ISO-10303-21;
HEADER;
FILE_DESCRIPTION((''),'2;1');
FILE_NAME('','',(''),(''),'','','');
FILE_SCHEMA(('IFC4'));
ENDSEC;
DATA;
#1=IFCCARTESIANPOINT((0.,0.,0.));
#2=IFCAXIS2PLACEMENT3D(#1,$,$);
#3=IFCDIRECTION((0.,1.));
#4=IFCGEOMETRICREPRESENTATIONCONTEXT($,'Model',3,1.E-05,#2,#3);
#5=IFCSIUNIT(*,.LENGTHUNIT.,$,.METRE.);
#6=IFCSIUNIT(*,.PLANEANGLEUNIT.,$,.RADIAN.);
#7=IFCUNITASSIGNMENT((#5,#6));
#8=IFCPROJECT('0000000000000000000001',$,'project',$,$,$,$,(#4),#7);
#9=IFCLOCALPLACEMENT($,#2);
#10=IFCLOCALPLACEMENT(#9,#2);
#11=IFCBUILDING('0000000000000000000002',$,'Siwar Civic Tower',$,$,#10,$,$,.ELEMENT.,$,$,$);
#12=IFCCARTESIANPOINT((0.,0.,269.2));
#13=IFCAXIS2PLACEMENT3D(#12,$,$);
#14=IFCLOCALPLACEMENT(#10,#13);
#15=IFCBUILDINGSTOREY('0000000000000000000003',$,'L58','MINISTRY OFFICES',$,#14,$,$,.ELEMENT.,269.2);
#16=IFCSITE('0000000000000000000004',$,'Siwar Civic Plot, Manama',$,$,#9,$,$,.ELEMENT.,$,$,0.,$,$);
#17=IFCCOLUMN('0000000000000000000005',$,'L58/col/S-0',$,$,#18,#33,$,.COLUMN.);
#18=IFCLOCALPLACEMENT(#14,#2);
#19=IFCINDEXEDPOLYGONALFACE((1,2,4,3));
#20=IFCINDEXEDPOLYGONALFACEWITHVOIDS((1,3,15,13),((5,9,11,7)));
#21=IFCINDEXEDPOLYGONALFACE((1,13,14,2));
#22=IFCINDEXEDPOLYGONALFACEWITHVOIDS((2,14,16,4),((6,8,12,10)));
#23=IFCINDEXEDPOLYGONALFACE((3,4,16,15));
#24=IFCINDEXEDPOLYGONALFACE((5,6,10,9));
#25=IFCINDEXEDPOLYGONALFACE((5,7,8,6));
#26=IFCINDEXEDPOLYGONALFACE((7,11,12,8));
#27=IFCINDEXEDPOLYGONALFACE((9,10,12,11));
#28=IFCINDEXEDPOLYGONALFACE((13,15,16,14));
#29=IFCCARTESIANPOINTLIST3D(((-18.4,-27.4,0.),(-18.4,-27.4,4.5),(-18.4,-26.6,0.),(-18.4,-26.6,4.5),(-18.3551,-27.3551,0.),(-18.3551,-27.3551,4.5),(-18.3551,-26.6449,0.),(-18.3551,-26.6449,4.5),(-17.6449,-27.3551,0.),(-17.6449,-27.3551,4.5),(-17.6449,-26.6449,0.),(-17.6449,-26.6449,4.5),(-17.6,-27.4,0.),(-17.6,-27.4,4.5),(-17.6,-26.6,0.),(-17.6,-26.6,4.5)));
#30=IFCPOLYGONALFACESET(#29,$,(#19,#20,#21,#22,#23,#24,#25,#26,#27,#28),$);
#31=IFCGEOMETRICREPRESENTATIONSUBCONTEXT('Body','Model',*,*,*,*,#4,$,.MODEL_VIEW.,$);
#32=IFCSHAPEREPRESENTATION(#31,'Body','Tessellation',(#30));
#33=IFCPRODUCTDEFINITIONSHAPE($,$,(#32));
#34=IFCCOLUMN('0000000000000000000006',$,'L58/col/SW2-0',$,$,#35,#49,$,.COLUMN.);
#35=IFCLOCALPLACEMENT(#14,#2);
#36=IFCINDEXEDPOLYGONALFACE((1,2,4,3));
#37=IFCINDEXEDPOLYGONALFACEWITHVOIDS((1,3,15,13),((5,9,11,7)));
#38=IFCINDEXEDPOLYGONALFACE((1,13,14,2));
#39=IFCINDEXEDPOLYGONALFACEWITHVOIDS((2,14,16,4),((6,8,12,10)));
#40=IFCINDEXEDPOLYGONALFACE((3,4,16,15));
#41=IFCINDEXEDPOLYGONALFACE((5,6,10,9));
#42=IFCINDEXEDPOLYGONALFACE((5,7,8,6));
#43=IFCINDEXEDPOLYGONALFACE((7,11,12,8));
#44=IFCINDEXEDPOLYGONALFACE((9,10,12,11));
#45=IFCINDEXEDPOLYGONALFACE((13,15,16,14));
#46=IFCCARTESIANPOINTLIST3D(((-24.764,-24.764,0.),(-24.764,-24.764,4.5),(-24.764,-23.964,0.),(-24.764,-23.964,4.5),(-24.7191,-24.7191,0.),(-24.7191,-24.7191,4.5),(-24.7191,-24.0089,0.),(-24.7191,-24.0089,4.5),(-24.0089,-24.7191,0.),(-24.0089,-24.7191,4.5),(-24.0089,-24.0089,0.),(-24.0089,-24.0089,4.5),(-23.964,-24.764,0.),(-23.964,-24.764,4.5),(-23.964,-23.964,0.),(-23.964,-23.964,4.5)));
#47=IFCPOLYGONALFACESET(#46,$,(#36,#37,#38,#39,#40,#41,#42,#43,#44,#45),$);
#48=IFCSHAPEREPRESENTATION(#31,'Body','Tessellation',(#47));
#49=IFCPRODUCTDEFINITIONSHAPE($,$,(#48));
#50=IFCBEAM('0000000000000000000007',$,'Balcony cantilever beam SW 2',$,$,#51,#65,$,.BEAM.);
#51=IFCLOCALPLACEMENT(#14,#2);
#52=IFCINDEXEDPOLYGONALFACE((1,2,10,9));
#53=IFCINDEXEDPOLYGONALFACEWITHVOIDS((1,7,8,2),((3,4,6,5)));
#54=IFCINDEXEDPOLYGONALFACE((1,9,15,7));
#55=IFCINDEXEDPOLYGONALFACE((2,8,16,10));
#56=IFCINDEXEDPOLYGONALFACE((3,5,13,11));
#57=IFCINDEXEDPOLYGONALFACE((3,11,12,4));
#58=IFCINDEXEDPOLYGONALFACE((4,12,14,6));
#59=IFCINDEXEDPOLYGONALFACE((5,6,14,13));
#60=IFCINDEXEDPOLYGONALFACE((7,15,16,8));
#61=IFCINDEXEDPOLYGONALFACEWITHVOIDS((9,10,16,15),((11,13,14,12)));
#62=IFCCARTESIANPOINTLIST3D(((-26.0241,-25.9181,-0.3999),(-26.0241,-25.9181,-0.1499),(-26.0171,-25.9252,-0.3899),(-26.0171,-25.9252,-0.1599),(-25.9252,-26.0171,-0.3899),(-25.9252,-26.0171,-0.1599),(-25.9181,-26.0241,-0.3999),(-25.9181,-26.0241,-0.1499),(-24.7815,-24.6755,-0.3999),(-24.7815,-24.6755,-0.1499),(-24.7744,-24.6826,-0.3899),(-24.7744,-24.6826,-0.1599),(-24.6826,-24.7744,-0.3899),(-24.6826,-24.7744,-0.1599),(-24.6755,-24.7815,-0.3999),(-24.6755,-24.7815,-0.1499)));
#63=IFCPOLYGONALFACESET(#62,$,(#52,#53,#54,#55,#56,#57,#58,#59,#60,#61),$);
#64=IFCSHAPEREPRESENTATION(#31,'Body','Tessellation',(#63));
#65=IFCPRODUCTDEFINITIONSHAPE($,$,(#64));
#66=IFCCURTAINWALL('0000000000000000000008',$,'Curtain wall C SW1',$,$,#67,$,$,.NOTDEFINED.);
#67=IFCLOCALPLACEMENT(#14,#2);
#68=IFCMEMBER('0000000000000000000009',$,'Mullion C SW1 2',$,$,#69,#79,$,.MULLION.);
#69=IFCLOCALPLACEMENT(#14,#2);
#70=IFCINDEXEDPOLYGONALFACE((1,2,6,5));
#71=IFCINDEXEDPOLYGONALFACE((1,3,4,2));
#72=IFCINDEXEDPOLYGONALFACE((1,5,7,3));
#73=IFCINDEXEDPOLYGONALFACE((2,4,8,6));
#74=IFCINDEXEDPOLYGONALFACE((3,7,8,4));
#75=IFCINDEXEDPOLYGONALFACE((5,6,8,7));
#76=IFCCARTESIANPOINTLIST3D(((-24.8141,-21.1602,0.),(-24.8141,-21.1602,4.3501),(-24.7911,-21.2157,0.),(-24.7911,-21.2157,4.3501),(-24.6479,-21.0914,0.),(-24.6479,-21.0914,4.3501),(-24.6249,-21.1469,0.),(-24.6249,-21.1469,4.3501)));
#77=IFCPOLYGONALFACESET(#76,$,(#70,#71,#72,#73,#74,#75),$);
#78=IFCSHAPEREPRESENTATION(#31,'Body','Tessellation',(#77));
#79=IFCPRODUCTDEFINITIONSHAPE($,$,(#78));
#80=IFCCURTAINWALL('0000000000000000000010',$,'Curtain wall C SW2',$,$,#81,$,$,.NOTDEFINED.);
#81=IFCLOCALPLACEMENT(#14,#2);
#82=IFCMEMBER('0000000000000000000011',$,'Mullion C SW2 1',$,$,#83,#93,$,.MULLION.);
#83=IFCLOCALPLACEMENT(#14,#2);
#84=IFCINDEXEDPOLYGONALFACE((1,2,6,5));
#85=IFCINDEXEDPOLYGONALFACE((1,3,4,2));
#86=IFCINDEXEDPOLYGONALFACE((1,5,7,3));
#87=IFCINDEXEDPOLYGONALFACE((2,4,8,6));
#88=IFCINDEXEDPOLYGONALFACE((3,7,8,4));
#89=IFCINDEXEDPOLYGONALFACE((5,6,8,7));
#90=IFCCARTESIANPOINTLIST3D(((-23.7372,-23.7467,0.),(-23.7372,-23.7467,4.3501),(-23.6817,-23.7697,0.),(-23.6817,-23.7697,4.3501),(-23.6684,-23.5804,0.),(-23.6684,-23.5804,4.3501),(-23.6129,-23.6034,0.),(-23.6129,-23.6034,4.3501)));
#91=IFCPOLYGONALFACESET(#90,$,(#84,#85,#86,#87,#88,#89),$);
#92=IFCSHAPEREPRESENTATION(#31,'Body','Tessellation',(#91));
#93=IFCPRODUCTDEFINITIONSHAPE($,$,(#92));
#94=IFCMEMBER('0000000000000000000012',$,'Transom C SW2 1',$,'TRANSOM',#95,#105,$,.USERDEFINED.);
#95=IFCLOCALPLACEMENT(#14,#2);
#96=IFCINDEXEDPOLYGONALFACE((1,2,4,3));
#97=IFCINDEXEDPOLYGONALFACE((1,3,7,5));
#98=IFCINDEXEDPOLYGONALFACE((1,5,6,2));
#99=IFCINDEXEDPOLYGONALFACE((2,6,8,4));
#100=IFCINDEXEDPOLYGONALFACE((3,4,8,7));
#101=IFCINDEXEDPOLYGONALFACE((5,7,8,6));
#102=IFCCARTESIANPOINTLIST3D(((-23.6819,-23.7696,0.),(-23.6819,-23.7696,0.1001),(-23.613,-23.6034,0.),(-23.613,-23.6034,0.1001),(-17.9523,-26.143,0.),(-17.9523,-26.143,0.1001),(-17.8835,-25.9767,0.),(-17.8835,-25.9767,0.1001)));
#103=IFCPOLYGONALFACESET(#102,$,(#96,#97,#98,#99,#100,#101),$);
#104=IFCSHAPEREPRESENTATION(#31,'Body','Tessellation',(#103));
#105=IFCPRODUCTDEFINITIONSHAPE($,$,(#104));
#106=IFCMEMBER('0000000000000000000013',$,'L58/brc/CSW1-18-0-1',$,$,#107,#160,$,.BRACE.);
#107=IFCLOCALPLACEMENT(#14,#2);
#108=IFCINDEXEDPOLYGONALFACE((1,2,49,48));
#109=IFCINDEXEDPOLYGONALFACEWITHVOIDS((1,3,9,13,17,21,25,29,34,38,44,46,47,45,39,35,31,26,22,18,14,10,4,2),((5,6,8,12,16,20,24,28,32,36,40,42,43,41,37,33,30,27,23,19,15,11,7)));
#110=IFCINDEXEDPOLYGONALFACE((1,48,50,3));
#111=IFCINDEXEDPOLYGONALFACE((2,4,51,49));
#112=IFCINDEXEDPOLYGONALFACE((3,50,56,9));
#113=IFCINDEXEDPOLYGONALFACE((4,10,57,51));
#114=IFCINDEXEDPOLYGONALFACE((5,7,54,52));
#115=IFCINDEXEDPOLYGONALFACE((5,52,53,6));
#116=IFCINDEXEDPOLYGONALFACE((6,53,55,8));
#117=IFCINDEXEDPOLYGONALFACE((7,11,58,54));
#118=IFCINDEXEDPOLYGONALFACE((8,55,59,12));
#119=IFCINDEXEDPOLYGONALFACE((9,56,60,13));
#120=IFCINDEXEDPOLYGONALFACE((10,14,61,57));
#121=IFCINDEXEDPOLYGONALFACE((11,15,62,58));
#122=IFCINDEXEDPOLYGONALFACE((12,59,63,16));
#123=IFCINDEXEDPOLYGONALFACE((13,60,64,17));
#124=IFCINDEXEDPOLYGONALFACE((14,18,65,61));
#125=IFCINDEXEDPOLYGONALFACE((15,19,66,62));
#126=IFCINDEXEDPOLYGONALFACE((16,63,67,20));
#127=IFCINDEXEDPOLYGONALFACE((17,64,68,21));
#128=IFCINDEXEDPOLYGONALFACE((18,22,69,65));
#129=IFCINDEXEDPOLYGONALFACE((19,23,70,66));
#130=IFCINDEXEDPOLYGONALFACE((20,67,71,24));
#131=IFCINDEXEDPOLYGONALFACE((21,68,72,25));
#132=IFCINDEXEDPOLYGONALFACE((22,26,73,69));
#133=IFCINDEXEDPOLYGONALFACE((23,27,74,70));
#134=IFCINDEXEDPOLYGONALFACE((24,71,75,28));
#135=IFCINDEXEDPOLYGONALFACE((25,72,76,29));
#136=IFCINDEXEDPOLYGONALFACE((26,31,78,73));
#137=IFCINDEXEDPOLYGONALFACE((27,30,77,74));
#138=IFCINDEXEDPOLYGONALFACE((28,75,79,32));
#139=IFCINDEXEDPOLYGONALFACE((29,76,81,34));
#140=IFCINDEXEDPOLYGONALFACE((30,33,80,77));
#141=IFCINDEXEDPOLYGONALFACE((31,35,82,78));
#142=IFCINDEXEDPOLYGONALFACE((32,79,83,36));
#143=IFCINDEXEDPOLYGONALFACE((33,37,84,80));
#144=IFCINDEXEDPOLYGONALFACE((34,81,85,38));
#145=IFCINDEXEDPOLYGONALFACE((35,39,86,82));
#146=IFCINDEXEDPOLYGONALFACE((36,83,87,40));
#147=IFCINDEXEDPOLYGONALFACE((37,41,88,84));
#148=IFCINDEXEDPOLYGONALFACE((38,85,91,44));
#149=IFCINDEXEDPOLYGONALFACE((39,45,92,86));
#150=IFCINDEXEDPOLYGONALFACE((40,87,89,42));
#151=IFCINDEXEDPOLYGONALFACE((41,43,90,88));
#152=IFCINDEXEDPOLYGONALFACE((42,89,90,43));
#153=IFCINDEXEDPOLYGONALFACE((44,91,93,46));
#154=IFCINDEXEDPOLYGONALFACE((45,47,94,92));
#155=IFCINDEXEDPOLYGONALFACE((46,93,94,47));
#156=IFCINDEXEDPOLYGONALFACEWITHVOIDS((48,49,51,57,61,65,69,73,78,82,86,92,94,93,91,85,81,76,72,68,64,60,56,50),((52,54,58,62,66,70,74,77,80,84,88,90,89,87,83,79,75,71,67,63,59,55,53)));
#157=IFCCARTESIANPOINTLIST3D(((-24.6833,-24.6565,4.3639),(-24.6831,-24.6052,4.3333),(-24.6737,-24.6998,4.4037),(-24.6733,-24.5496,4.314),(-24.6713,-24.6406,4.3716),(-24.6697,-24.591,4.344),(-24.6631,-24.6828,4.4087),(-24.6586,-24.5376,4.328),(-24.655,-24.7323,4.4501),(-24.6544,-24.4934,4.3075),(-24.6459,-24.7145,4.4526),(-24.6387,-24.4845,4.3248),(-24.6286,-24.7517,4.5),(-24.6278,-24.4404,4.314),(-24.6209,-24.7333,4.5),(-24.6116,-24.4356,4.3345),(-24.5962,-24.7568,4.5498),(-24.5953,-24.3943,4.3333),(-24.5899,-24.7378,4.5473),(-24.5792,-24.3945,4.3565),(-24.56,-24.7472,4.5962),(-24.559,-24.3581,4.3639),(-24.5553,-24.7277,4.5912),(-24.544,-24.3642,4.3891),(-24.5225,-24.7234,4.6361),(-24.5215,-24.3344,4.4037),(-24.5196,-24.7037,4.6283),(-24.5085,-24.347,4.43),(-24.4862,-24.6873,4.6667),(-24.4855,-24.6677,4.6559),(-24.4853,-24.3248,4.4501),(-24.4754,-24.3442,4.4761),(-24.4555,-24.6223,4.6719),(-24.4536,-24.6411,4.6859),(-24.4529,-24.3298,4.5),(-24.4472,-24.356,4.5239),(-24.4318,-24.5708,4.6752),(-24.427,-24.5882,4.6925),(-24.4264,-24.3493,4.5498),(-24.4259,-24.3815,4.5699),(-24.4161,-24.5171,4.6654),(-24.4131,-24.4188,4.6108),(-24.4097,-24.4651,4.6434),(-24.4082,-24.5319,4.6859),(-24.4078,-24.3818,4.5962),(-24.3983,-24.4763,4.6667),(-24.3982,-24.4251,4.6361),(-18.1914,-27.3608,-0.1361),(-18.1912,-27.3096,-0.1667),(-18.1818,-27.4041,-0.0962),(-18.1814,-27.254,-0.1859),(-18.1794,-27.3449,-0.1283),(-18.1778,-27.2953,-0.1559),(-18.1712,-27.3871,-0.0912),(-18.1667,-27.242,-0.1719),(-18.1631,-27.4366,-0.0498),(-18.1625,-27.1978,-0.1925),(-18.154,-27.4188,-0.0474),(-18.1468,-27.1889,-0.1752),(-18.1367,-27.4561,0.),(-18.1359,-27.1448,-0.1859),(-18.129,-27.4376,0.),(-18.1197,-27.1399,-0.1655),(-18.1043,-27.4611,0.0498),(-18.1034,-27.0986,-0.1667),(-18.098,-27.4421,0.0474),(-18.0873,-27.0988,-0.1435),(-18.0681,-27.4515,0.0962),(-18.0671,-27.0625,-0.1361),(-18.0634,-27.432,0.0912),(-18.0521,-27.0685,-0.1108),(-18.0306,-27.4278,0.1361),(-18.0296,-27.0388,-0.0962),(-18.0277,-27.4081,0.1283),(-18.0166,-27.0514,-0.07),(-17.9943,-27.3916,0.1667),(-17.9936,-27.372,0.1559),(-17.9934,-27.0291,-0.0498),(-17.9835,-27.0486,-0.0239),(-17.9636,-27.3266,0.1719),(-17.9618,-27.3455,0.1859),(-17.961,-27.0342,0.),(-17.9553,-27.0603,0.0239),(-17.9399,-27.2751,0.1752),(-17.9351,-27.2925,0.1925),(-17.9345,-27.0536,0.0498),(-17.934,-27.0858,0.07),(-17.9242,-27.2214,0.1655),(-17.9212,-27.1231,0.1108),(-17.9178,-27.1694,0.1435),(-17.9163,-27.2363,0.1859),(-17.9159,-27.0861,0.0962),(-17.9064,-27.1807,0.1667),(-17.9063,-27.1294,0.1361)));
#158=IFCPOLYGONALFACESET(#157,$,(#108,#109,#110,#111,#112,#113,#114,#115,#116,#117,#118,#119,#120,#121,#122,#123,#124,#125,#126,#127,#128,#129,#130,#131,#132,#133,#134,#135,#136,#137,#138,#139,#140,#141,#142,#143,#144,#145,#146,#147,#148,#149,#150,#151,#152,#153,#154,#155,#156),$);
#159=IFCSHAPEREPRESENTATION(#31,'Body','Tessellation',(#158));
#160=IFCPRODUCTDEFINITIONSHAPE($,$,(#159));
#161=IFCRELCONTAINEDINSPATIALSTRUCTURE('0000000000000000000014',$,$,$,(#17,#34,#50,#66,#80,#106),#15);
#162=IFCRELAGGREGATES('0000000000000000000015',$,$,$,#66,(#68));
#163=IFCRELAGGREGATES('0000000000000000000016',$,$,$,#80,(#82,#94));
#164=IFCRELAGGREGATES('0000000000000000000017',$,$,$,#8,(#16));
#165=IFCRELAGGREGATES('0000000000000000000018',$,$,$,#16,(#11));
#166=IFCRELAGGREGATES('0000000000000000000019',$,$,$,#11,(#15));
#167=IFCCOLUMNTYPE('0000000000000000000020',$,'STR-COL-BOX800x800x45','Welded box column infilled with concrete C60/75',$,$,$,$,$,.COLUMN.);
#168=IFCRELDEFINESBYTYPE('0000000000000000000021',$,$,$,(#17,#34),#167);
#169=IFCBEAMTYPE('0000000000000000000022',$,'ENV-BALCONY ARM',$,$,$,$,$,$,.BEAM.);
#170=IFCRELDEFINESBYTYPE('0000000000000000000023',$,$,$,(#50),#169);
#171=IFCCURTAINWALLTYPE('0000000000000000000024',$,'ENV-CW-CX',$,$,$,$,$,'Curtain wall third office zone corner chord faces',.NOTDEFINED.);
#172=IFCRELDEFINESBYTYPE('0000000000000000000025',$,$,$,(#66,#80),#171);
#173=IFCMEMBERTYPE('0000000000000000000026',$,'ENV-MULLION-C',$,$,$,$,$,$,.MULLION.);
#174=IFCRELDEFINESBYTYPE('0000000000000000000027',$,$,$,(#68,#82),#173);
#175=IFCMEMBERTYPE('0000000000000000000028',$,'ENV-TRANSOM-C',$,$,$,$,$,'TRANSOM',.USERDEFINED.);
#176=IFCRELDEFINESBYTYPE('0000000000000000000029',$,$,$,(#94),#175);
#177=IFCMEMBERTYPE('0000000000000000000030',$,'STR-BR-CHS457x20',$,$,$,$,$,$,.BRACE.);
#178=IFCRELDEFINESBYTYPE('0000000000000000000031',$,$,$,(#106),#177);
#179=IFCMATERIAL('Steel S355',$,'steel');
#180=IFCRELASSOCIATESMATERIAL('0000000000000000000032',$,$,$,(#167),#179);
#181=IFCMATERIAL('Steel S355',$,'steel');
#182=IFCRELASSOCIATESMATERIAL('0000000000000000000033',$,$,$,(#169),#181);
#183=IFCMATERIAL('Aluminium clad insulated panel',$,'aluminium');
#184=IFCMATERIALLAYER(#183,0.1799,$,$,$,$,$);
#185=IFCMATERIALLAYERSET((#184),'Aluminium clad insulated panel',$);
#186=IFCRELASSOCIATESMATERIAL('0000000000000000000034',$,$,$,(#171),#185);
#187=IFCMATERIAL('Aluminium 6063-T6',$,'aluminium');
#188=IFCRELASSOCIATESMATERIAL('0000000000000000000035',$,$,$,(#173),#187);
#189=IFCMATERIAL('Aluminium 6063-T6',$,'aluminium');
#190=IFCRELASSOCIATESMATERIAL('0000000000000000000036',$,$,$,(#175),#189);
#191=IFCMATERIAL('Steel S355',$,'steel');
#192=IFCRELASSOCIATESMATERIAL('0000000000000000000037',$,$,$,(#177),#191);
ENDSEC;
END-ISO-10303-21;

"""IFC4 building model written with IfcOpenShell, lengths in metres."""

from ifc_helpers import new_model, si_unit, direction, frame, origin, origin_2d, place, context, subcontext, project, spatial, rectangle, hollow_rectangle, hollow_circle, extrude, material, layer, layer_set, material_profile, profile_set, type_object, element, aggregate, save


model = new_model("IFC4")

# Units and contexts
model_context = context("Model", 3, precision=1e-05, world=origin(), true_north=direction((0.0, 1.0)))
body_context = subcontext(model_context, "Body", "Model", "MODEL_VIEW")
ifc_project = project(units=[si_unit("LENGTHUNIT", "METRE"), si_unit("PLANEANGLEUNIT", "RADIAN")], contexts=[model_context])

# Site, building, storey
site_placement = place(None, origin())
site = spatial("IfcSite", under=ifc_project, at=site_placement, Name="Siwar Civic Plot, Manama", CompositionType="ELEMENT", RefElevation=0.0)
building_placement = place(site_placement, origin())
building = spatial("IfcBuilding", under=site, at=building_placement, Name="Siwar Civic Tower", CompositionType="ELEMENT")
storey_placement = place(building_placement, frame((0.0, 0.0, 269.2)))
storey = spatial("IfcBuildingStorey", under=building, at=storey_placement, Name="L58", Description="MINISTRY OFFICES", CompositionType="ELEMENT", Elevation=269.2)

# Columns
ifc_material_1 = material(Name="Steel S355", Category="steel")
ifc_material_profile_1 = material_profile(ifc_material_1, hollow_rectangle(XDim=0.8, YDim=0.8, WallThickness=0.0449, at=origin_2d()), Name="BOX800x800x45")
ifc_profile_set_1 = profile_set([ifc_material_profile_1], Name="Steel S355")
column_type = type_object("IfcColumnType", Name="STR-COL-BOX800x800x45", Description="Welded box column infilled with concrete C60/75", PredefinedType="COLUMN", material=ifc_profile_set_1)
for number, where, z_axis, x_axis, name in (
    (1, (-18.0, -27.0, 0.0), (0.0, 0.0, 1.0), (1.0, 0.0, 0.0), "L58/col/S-0"),
    (2, (-24.364, -24.364, 0.0), (0.0, 0.0, 1.0), (1.0, 0.0, 0.0), "L58/col/SW2-0"),
):
    element("IfcColumn", number, at=place(storey_placement, frame(where, z_axis=z_axis, x_axis=x_axis)), inside=storey, type_object=column_type, Name=name, PredefinedType="COLUMN", context=body_context, shape_type="SweptSolid", body=[
        extrude(hollow_rectangle(XDim=0.8, YDim=0.8, WallThickness=0.0449, at=origin_2d()), origin(), (0.0, 0.0, 1.0), 4.5),
    ])

# Beam
ifc_material_2 = material(Name="Steel S355", Category="steel")
ifc_material_profile_2 = material_profile(ifc_material_2, hollow_rectangle(XDim=0.1499, YDim=0.25, WallThickness=0.01, at=origin_2d()), Name="RHS250x150x10")
ifc_profile_set_2 = profile_set([ifc_material_profile_2], Name="Steel S355")
beam_type_1 = type_object("IfcBeamType", Name="ENV-BALCONY ARM", PredefinedType="BEAM", material=ifc_profile_set_2)
beam_1_placement = place(storey_placement, frame((-24.7285, -24.7285, -0.2749), z_axis=(-0.707107, -0.707107, 0.0), x_axis=(0.707107, -0.707107, 0.0)))
element("IfcBeam", 3, at=beam_1_placement, inside=storey, type_object=beam_type_1, Name="Balcony cantilever beam SW 2", PredefinedType="BEAM", context=body_context, shape_type="SweptSolid", body=[
    extrude(hollow_rectangle(XDim=0.1499, YDim=0.25, WallThickness=0.01, at=origin_2d()), origin(), (0.0, 0.0, 1.0), 1.7573),
])

# Curtain wall, member
ifc_material_3 = material(Name="Aluminium clad insulated panel", Category="aluminium")
ifc_layer_1 = layer(ifc_material_3, 0.1799)
ifc_layer_set_1 = layer_set([ifc_layer_1], Name="Aluminium clad insulated panel")
curtain_wall_type = type_object("IfcCurtainWallType", Name="ENV-CW-CX", ElementType="Curtain wall third office zone corner chord faces", PredefinedType="NOTDEFINED", material=ifc_layer_set_1)
curtain_wall_1_placement = place(storey_placement, origin())
curtain_wall_1 = element("IfcCurtainWall", 4, at=curtain_wall_1_placement, inside=storey, type_object=curtain_wall_type, Name="Curtain wall C SW1", PredefinedType="NOTDEFINED")
ifc_material_4 = material(Name="Aluminium 6063-T6", Category="aluminium")
ifc_material_profile_3 = material_profile(ifc_material_4, rectangle(XDim=0.1799, YDim=0.0601, at=origin_2d()), Name="AL 180x60")
ifc_profile_set_3 = profile_set([ifc_material_profile_3], Name="Aluminium 6063-T6")
member_type_1 = type_object("IfcMemberType", Name="ENV-MULLION-C", PredefinedType="MULLION", material=ifc_profile_set_3)
member_1_placement = place(storey_placement, frame((-24.7195, -21.1536, 0.0), z_axis=(0.0, 0.0, 1.0), x_axis=(0.92388, 0.382683, 0.0)))
member_1 = element("IfcMember", 5, at=member_1_placement, type_object=member_type_1, Name="Mullion C SW1 2", PredefinedType="MULLION", context=body_context, shape_type="SweptSolid", body=[
    extrude(rectangle(XDim=0.1799, YDim=0.0601, at=origin_2d()), origin(), (0.0, 0.0, 1.0), 4.3501),
])
aggregate(curtain_wall_1, [member_1])

# Curtain wall, members
curtain_wall_2_placement = place(storey_placement, origin())
curtain_wall_2 = element("IfcCurtainWall", 6, at=curtain_wall_2_placement, inside=storey, type_object=curtain_wall_type, Name="Curtain wall C SW2", PredefinedType="NOTDEFINED")
member_2_placement = place(storey_placement, frame((-23.675, -23.675, 0.0), z_axis=(0.0, 0.0, 1.0), x_axis=(0.382683, 0.92388, 0.0)))
member_2 = element("IfcMember", 7, at=member_2_placement, type_object=member_type_1, Name="Mullion C SW2 1", PredefinedType="MULLION", context=body_context, shape_type="SweptSolid", body=[
    extrude(rectangle(XDim=0.1799, YDim=0.0601, at=origin_2d()), origin(), (0.0, 0.0, 1.0), 4.3501),
])
ifc_material_5 = material(Name="Aluminium 6063-T6", Category="aluminium")
ifc_material_profile_4 = material_profile(ifc_material_5, rectangle(XDim=0.1799, YDim=0.1001, at=origin_2d()), Name="AL 180x100")
ifc_profile_set_4 = profile_set([ifc_material_profile_4], Name="Aluminium 6063-T6")
member_type_2 = type_object("IfcMemberType", Name="ENV-TRANSOM-C", ElementType="TRANSOM", PredefinedType="USERDEFINED", material=ifc_profile_set_4)
member_3_placement = place(storey_placement, frame((-23.6475, -23.6865, 0.05), z_axis=(0.923876, -0.382691, 0.0), x_axis=(0.382691, 0.923876, 0.0)))
member_3 = element("IfcMember", 8, at=member_3_placement, type_object=member_type_2, Name="Transom C SW2 1", ObjectType="TRANSOM", PredefinedType="USERDEFINED", context=body_context, shape_type="SweptSolid", body=[
    extrude(rectangle(XDim=0.1799, YDim=0.1001, at=origin_2d()), origin(), (0.0, 0.0, 1.0), 6.2017),
])

# Member
ifc_material_6 = material(Name="Steel S355", Category="steel")
ifc_material_profile_5 = material_profile(ifc_material_6, hollow_circle(Radius=0.2285, WallThickness=0.02, at=origin_2d()), Name="CHS457x20")
ifc_profile_set_5 = profile_set([ifc_material_profile_5], Name="Steel S355")
member_type_3 = type_object("IfcMemberType", Name="STR-BR-CHS457x20", PredefinedType="BRACE", material=ifc_profile_set_5)
member_4_placement = place(storey_placement, frame((-18.0488, -27.2451, 0.0), z_axis=(-0.777555, 0.323906, 0.538975), x_axis=(-0.384539, -0.923109, 0.0)))
element("IfcMember", 9, at=member_4_placement, inside=storey, type_object=member_type_3, Name="L58/brc/CSW1-18-0-1", PredefinedType="BRACE", context=body_context, shape_type="SweptSolid", body=[
    extrude(hollow_circle(Radius=0.2285, WallThickness=0.02, at=origin_2d()), origin(), (0.0, 0.0, 1.0), 8.3491),
])

aggregate(curtain_wall_2, [member_2, member_3])

save(model, "model.ifc")
